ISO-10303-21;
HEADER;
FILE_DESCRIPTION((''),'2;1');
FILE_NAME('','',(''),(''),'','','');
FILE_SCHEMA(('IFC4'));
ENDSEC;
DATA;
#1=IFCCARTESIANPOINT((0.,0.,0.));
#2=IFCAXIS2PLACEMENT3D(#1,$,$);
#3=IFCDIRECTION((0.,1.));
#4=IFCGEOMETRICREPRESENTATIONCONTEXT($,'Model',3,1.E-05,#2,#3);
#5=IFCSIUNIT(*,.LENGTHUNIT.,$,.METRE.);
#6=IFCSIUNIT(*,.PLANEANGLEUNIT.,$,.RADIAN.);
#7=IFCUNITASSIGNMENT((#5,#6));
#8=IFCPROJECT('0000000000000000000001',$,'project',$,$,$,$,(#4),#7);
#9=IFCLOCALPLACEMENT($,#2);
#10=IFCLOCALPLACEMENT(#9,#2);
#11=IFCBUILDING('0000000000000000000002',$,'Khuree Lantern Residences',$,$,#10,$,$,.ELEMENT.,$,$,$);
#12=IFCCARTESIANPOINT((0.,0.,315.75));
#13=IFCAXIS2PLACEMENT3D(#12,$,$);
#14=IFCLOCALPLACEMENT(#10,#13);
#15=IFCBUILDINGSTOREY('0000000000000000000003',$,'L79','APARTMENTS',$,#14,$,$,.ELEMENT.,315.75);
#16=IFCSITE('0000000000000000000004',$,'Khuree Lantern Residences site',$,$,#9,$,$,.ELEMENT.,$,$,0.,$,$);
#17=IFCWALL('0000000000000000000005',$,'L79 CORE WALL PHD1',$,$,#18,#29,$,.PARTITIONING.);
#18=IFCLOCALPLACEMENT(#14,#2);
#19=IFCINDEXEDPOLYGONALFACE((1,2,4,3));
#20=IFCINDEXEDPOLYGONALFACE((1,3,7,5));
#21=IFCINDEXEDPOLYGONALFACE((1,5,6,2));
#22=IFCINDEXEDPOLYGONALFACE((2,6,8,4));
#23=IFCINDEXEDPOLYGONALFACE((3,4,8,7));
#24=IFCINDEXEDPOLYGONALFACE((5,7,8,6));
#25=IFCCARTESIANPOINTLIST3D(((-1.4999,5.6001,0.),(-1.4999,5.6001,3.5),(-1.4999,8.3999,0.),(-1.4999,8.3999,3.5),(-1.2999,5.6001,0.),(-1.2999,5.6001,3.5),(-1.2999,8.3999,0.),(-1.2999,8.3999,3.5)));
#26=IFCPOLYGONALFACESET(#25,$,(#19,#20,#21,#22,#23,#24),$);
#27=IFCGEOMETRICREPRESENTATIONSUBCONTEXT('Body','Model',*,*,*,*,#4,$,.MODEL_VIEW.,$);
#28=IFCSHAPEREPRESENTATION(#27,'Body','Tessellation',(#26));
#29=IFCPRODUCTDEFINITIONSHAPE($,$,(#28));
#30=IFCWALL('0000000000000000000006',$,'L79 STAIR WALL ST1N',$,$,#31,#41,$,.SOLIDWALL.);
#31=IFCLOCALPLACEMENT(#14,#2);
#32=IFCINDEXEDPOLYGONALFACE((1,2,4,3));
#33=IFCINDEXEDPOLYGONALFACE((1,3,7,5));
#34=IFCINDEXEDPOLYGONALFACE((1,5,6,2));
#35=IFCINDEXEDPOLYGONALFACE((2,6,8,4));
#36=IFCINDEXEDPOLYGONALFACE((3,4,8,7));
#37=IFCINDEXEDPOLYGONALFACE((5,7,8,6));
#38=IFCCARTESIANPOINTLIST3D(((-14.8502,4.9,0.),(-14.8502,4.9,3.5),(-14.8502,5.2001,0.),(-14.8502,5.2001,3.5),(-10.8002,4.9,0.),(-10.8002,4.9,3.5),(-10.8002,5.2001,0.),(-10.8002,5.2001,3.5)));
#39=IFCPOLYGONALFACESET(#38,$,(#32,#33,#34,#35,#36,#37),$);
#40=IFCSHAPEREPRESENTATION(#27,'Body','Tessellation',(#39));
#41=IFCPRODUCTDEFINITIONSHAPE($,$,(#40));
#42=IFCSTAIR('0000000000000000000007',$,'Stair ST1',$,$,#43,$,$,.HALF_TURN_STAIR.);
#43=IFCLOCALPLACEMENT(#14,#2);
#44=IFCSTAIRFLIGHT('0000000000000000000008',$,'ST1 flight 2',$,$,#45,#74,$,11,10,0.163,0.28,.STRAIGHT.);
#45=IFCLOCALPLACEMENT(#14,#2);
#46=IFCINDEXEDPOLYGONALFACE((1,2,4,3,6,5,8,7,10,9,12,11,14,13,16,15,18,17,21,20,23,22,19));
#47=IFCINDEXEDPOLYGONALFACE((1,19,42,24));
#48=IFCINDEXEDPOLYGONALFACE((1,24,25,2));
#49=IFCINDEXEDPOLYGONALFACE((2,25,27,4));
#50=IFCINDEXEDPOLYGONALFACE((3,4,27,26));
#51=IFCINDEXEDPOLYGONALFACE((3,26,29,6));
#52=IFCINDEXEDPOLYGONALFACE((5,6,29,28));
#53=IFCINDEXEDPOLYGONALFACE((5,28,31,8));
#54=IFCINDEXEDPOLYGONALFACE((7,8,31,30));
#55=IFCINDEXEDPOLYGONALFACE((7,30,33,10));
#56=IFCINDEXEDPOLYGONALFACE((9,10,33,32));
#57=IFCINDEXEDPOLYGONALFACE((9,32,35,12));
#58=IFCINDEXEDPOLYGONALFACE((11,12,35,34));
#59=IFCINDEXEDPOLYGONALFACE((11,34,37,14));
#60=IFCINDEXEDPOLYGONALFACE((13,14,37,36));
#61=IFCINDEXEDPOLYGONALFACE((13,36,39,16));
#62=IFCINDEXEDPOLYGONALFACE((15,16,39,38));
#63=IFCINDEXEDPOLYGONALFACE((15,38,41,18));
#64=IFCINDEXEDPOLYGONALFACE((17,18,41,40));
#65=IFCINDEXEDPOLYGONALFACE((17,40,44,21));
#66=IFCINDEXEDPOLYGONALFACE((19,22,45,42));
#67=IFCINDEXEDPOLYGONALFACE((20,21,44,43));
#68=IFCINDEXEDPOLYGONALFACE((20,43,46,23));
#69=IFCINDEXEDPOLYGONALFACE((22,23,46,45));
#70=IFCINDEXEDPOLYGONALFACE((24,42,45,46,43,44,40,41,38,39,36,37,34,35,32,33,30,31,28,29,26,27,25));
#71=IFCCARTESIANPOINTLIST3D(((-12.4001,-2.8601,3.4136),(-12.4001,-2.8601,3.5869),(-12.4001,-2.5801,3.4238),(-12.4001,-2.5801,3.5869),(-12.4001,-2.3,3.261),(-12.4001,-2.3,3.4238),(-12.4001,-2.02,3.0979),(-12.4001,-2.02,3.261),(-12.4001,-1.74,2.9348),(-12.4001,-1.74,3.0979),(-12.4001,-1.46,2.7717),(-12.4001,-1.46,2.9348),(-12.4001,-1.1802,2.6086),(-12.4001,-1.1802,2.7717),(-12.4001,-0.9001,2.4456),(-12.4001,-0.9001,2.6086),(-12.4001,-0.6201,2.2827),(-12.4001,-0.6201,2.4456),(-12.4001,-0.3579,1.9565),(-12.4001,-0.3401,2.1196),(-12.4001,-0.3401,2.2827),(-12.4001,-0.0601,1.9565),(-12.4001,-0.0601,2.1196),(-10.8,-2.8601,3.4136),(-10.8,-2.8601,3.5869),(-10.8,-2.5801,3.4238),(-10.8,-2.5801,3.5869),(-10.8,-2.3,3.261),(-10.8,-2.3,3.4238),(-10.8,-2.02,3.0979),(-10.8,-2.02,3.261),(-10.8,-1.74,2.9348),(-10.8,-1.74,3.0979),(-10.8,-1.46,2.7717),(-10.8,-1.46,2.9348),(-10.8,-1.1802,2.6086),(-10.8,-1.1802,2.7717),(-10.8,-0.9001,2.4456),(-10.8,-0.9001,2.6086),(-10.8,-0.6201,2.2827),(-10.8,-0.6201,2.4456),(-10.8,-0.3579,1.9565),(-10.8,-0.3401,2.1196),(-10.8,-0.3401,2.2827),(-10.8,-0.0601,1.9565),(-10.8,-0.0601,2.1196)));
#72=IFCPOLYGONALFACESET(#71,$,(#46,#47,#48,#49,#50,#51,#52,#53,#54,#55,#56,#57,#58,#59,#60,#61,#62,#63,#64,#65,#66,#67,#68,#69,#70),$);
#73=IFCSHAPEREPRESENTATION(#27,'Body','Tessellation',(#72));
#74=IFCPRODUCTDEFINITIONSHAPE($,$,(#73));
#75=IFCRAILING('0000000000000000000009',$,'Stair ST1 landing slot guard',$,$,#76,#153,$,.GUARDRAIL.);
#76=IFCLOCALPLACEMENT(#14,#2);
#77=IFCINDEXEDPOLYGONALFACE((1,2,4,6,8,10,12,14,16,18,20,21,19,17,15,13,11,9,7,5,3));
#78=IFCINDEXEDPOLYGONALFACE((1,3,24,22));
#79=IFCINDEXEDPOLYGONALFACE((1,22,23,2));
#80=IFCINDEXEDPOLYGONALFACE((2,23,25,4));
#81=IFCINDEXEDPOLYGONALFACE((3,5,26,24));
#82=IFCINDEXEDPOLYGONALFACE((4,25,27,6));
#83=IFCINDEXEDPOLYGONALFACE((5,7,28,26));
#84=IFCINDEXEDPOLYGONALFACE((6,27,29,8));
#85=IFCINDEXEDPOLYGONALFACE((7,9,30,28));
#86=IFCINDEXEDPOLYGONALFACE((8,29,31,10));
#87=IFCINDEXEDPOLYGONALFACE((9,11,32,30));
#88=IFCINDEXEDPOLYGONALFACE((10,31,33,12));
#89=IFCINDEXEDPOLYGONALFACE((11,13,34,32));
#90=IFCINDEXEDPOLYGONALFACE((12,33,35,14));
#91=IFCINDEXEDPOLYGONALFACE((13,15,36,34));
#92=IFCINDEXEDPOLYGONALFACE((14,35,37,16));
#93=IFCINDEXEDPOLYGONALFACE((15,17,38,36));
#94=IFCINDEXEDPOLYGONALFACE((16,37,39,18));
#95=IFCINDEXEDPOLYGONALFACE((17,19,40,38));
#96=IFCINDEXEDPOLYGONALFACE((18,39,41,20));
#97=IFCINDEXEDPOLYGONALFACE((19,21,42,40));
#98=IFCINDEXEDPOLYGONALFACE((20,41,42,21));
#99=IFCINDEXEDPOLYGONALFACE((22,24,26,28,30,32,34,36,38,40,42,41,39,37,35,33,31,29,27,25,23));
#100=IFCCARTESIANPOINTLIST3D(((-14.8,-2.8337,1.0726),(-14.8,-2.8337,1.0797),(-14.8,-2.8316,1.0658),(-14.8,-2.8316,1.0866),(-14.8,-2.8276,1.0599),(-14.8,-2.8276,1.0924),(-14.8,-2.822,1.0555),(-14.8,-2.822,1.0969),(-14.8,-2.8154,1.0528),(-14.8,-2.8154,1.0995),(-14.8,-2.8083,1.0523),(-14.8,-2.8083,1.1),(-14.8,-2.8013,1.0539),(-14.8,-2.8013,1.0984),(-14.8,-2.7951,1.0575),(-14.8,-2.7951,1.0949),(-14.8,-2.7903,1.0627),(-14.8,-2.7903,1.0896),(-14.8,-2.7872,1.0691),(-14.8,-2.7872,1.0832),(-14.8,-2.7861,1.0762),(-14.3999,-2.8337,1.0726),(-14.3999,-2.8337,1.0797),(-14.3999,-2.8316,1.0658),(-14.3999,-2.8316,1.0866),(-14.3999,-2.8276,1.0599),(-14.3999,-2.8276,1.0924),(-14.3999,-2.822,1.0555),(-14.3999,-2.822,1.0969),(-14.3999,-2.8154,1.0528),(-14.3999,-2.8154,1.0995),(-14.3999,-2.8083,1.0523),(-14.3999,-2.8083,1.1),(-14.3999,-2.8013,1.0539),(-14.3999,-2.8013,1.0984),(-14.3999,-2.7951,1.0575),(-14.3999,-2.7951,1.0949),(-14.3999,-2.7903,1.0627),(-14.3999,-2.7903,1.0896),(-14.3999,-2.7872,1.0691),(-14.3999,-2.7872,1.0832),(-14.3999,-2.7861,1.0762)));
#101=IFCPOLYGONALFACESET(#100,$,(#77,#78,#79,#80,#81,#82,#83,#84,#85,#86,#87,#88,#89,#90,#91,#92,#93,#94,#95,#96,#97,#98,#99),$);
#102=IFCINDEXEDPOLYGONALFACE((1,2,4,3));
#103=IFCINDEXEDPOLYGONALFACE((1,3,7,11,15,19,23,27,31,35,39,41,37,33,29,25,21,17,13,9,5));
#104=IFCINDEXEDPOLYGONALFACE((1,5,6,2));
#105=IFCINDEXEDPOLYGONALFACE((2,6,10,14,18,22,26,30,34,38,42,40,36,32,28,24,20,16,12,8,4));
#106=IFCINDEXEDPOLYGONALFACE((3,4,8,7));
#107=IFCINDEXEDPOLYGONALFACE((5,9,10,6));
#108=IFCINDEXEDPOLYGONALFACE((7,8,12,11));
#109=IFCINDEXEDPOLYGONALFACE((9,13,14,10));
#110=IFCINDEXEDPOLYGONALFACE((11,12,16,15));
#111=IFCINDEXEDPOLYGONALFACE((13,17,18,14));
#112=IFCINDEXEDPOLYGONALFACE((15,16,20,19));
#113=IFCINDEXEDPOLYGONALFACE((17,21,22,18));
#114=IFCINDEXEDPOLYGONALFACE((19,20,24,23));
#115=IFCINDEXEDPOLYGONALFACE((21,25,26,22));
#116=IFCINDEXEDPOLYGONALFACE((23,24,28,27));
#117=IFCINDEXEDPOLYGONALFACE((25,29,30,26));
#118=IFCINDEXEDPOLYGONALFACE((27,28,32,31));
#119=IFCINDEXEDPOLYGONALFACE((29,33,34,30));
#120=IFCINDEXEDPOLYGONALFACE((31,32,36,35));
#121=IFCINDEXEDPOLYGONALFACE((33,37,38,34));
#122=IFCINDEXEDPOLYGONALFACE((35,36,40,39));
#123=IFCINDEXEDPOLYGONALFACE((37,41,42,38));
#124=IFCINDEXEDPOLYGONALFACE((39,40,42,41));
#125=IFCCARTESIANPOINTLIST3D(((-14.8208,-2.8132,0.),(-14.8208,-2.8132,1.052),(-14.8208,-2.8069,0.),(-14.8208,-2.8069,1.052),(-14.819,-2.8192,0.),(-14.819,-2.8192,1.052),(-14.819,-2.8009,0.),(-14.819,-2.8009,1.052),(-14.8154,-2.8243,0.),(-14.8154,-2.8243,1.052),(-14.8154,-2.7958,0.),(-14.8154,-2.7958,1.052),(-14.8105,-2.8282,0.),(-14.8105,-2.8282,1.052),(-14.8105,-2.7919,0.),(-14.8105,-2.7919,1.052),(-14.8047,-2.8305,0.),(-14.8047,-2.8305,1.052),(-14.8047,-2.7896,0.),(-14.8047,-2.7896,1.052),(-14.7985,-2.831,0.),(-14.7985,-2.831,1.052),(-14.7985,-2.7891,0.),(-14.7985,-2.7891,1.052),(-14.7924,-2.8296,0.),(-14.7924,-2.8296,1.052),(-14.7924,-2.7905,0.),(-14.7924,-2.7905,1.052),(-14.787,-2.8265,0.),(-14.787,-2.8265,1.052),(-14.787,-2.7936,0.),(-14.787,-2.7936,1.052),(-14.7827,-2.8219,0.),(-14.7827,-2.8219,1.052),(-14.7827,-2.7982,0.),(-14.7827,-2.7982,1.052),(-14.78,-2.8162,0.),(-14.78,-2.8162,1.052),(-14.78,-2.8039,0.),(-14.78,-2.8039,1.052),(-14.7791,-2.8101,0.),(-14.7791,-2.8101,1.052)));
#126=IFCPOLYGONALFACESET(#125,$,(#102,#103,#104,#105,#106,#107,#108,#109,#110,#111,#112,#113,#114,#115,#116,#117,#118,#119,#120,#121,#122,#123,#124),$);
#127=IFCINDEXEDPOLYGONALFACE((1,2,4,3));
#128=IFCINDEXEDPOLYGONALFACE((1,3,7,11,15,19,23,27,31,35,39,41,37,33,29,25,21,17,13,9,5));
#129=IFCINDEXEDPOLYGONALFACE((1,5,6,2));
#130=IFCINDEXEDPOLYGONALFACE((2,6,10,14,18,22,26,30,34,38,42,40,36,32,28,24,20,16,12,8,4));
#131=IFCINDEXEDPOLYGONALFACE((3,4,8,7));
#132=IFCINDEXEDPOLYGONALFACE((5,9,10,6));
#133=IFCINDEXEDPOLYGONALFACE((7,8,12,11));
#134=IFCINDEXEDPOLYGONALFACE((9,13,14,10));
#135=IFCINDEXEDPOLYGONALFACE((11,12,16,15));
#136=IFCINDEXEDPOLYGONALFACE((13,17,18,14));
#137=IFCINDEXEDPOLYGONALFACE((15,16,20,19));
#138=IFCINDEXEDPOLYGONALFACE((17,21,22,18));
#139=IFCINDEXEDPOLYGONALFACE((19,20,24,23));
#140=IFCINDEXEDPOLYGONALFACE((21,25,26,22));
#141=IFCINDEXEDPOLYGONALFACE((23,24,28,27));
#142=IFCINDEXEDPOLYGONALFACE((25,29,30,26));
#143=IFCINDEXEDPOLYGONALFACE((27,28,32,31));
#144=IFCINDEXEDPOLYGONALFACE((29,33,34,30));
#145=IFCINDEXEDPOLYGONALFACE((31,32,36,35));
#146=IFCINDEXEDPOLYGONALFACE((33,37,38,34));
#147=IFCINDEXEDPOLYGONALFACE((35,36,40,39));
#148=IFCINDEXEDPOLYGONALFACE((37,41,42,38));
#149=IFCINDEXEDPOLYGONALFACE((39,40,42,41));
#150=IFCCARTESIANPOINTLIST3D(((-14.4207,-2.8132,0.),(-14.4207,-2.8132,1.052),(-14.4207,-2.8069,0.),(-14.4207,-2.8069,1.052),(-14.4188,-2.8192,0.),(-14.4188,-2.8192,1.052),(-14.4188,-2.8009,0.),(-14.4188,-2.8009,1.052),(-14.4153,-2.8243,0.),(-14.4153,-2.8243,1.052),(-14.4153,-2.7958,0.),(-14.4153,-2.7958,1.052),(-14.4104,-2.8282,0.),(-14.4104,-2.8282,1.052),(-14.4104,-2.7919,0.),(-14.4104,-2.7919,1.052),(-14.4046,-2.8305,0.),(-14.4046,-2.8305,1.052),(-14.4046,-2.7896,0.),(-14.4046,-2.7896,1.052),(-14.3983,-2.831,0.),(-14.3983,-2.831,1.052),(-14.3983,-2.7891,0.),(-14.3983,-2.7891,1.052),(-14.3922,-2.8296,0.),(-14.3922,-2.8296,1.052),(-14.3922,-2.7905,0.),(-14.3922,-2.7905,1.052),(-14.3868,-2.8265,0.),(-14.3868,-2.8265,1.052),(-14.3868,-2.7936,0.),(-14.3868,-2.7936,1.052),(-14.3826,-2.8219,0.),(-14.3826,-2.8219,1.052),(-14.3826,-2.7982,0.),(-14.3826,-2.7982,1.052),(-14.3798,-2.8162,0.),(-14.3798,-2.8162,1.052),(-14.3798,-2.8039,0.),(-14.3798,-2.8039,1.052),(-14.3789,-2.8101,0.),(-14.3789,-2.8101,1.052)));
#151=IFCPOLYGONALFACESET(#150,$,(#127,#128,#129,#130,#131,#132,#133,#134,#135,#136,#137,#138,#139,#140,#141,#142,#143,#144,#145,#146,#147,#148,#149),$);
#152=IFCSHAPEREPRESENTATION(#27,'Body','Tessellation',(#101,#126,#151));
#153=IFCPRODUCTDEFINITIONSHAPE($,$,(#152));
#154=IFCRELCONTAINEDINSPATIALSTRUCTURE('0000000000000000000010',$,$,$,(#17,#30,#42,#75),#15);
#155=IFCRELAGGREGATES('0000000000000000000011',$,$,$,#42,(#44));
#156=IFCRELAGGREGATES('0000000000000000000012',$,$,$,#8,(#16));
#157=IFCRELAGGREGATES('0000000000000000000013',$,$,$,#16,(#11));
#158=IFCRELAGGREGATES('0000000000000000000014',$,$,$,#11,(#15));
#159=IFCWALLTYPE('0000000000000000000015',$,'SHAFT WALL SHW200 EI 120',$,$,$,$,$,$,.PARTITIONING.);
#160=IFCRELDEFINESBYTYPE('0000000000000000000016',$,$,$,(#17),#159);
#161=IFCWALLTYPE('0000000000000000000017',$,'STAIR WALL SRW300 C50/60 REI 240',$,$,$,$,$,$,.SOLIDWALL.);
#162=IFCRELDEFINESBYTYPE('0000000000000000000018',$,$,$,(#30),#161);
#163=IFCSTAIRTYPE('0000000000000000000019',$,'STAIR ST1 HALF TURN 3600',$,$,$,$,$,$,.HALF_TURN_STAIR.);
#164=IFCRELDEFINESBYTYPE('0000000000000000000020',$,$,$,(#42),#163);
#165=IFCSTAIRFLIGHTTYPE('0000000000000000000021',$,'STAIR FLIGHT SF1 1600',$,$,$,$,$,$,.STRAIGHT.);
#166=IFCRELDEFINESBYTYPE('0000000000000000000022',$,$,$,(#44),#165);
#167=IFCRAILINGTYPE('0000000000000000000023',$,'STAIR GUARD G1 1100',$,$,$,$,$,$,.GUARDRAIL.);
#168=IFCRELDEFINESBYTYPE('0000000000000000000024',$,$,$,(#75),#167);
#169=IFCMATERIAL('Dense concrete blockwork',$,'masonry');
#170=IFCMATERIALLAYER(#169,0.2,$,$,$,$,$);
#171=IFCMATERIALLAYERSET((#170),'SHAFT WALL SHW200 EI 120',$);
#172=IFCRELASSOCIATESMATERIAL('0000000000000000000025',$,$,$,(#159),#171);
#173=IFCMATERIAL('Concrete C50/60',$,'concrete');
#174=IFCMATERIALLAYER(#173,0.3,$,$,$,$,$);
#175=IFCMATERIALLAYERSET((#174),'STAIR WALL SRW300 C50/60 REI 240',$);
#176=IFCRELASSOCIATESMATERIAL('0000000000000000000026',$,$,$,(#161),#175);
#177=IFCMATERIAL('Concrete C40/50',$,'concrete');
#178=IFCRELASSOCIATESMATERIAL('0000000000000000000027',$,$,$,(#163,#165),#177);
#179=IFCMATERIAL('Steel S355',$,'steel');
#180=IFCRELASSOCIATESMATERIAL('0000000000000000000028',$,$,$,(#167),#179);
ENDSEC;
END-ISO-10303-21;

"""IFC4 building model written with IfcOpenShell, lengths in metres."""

from ifc_helpers import new_model, si_unit, direction, frame, frame_2d, origin, origin_2d, place, context, subcontext, project, spatial, polyline, rectangle, circle, outline, extrude, material, layer, layer_set, type_object, element, aggregate, save


model = new_model("IFC4")

# Units and contexts
model_context = context("Model", 3, precision=1e-05, world=origin(), true_north=direction((0.0, 1.0)))
body_context = subcontext(model_context, "Body", "Model", "MODEL_VIEW")
ifc_project = project(units=[si_unit("LENGTHUNIT", "METRE"), si_unit("PLANEANGLEUNIT", "RADIAN")], contexts=[model_context])

# Site, building, storey
site_placement = place(None, origin())
site = spatial("IfcSite", under=ifc_project, at=site_placement, Name="Khuree Lantern Residences site", CompositionType="ELEMENT", RefElevation=0.0)
building_placement = place(site_placement, origin())
building = spatial("IfcBuilding", under=site, at=building_placement, Name="Khuree Lantern Residences", CompositionType="ELEMENT")
storey_placement = place(building_placement, frame((0.0, 0.0, 315.75)))
storey = spatial("IfcBuildingStorey", under=building, at=storey_placement, Name="L79", Description="APARTMENTS", CompositionType="ELEMENT", Elevation=315.75)

# Shared definitions
ifc_material_1 = material(Name="Dense concrete blockwork", Category="masonry")

# Walls
ifc_layer_1 = layer(ifc_material_1, 0.2)
ifc_layer_set_1 = layer_set([ifc_layer_1], Name="SHAFT WALL SHW200 EI 120")
wall_type_1 = type_object("IfcWallType", Name="SHAFT WALL SHW200 EI 120", PredefinedType="PARTITIONING", material=ifc_layer_set_1)
wall_1_placement = place(storey_placement, frame((-1.3999, 5.6001, 0.0), z_axis=(0.0, 0.0, 1.0), x_axis=(0.0, 1.0, 0.0)))
element("IfcWall", 1, at=wall_1_placement, inside=storey, type_object=wall_type_1, Name="L79 CORE WALL PHD1", PredefinedType="PARTITIONING", context=body_context, shape_type="SweptSolid", body=[
    extrude(rectangle(XDim=2.7998, YDim=0.2, at=frame_2d((1.3999, 0.0))), origin(), (0.0, 0.0, 1.0), 3.5),
])
ifc_material_2 = material(Name="Concrete C50/60", Category="concrete")
ifc_layer_2 = layer(ifc_material_2, 0.3)
ifc_layer_set_2 = layer_set([ifc_layer_2], Name="STAIR WALL SRW300 C50/60 REI 240")
wall_type_2 = type_object("IfcWallType", Name="STAIR WALL SRW300 C50/60 REI 240", PredefinedType="SOLIDWALL", material=ifc_layer_set_2)
wall_2_placement = place(storey_placement, frame((-14.8501, 5.05, 0.0), z_axis=(0.0, 0.0, 1.0), x_axis=(1.0, 0.0, 0.0)))
element("IfcWall", 2, at=wall_2_placement, inside=storey, type_object=wall_type_2, Name="L79 STAIR WALL ST1N", PredefinedType="SOLIDWALL", context=body_context, shape_type="SweptSolid", body=[
    extrude(rectangle(XDim=4.05, YDim=0.3, at=frame_2d((2.0249, 0.0))), origin(), (0.0, 0.0, 1.0), 3.5),
])

# Stair, stair flight
ifc_material_3 = material(Name="Concrete C40/50", Category="concrete")
stair_type = type_object("IfcStairType", Name="STAIR ST1 HALF TURN 3600", PredefinedType="HALF_TURN_STAIR", material=ifc_material_3)
stair_placement = place(storey_placement, origin())
stair = element("IfcStair", 3, at=stair_placement, inside=storey, type_object=stair_type, Name="Stair ST1", PredefinedType="HALF_TURN_STAIR")
stair_flight_type = type_object("IfcStairFlightType", Name="STAIR FLIGHT SF1 1600", PredefinedType="STRAIGHT", material=ifc_material_3)
stair_flight_placement = place(storey_placement, frame((-11.6001, -0.0601, 1.9565), z_axis=(0.0, 0.0, 1.0), x_axis=(0.0, -1.0, 0.0)))
stair_flight = element("IfcStairFlight", 4, at=stair_flight_placement, type_object=stair_flight_type, Name="ST1 flight 2", NumberOfRisers=11, NumberOfTreads=10, PredefinedType="STRAIGHT", RiserHeight=0.163, TreadLength=0.28, context=body_context, shape_type="SweptSolid", body=[
    extrude(outline(polyline([(0.0, 0.0), (0.0, 0.1631), (0.28, 0.1631), (0.28, 0.3262), (0.5601, 0.3262), (0.5601, 0.489), (0.8401, 0.489), (0.8401, 0.6521), (1.1201, 0.6521), (1.1201, 0.8152), (1.3999, 0.8152), (1.3999, 0.9783), (1.6799, 0.9783), (1.6799, 1.1414), (1.96, 1.1414), (1.96, 1.3044), (2.24, 1.3044), (2.24, 1.4673), (2.52, 1.4673), (2.52, 1.6304), (2.8, 1.6304), (2.8, 1.7935), (2.8, 1.457), (0.2979, 0.0), (0.0, 0.0)])), frame((0.0, 0.8, 0.0), z_axis=(0.0, -1.0, 0.0), x_axis=(1.0, 0.0, 0.0)), (0.0, 0.0, 1.0), 1.6001),
])
aggregate(stair, [stair_flight])

# Railing
ifc_material_4 = material(Name="Steel S355", Category="steel")
railing_type = type_object("IfcRailingType", Name="STAIR GUARD G1 1100", PredefinedType="GUARDRAIL", material=ifc_material_4)
for number, where, name in (
    (5, (-14.8, -2.8101, 0.0), "Stair ST1 landing slot guard"),
):
    element("IfcRailing", number, at=place(storey_placement, frame(where)), inside=storey, type_object=railing_type, Name=name, PredefinedType="GUARDRAIL", context=body_context, shape_type="SweptSolid", body=[
        extrude(circle(Radius=0.0239, at=origin_2d()), frame((0.0, 0.0, 1.0762), z_axis=(1.0, 0.0, 0.0), x_axis=(0.0, 1.0, 0.0)), (0.0, 0.0, 1.0), 0.4001),
        extrude(circle(Radius=0.021, at=origin_2d()), origin(), (0.0, 0.0, 1.0), 1.052),
        extrude(circle(Radius=0.021, at=origin_2d()), frame((0.4001, 0.0, 0.0)), (0.0, 0.0, 1.0), 1.052),
    ])

save(model, "model.ifc")
